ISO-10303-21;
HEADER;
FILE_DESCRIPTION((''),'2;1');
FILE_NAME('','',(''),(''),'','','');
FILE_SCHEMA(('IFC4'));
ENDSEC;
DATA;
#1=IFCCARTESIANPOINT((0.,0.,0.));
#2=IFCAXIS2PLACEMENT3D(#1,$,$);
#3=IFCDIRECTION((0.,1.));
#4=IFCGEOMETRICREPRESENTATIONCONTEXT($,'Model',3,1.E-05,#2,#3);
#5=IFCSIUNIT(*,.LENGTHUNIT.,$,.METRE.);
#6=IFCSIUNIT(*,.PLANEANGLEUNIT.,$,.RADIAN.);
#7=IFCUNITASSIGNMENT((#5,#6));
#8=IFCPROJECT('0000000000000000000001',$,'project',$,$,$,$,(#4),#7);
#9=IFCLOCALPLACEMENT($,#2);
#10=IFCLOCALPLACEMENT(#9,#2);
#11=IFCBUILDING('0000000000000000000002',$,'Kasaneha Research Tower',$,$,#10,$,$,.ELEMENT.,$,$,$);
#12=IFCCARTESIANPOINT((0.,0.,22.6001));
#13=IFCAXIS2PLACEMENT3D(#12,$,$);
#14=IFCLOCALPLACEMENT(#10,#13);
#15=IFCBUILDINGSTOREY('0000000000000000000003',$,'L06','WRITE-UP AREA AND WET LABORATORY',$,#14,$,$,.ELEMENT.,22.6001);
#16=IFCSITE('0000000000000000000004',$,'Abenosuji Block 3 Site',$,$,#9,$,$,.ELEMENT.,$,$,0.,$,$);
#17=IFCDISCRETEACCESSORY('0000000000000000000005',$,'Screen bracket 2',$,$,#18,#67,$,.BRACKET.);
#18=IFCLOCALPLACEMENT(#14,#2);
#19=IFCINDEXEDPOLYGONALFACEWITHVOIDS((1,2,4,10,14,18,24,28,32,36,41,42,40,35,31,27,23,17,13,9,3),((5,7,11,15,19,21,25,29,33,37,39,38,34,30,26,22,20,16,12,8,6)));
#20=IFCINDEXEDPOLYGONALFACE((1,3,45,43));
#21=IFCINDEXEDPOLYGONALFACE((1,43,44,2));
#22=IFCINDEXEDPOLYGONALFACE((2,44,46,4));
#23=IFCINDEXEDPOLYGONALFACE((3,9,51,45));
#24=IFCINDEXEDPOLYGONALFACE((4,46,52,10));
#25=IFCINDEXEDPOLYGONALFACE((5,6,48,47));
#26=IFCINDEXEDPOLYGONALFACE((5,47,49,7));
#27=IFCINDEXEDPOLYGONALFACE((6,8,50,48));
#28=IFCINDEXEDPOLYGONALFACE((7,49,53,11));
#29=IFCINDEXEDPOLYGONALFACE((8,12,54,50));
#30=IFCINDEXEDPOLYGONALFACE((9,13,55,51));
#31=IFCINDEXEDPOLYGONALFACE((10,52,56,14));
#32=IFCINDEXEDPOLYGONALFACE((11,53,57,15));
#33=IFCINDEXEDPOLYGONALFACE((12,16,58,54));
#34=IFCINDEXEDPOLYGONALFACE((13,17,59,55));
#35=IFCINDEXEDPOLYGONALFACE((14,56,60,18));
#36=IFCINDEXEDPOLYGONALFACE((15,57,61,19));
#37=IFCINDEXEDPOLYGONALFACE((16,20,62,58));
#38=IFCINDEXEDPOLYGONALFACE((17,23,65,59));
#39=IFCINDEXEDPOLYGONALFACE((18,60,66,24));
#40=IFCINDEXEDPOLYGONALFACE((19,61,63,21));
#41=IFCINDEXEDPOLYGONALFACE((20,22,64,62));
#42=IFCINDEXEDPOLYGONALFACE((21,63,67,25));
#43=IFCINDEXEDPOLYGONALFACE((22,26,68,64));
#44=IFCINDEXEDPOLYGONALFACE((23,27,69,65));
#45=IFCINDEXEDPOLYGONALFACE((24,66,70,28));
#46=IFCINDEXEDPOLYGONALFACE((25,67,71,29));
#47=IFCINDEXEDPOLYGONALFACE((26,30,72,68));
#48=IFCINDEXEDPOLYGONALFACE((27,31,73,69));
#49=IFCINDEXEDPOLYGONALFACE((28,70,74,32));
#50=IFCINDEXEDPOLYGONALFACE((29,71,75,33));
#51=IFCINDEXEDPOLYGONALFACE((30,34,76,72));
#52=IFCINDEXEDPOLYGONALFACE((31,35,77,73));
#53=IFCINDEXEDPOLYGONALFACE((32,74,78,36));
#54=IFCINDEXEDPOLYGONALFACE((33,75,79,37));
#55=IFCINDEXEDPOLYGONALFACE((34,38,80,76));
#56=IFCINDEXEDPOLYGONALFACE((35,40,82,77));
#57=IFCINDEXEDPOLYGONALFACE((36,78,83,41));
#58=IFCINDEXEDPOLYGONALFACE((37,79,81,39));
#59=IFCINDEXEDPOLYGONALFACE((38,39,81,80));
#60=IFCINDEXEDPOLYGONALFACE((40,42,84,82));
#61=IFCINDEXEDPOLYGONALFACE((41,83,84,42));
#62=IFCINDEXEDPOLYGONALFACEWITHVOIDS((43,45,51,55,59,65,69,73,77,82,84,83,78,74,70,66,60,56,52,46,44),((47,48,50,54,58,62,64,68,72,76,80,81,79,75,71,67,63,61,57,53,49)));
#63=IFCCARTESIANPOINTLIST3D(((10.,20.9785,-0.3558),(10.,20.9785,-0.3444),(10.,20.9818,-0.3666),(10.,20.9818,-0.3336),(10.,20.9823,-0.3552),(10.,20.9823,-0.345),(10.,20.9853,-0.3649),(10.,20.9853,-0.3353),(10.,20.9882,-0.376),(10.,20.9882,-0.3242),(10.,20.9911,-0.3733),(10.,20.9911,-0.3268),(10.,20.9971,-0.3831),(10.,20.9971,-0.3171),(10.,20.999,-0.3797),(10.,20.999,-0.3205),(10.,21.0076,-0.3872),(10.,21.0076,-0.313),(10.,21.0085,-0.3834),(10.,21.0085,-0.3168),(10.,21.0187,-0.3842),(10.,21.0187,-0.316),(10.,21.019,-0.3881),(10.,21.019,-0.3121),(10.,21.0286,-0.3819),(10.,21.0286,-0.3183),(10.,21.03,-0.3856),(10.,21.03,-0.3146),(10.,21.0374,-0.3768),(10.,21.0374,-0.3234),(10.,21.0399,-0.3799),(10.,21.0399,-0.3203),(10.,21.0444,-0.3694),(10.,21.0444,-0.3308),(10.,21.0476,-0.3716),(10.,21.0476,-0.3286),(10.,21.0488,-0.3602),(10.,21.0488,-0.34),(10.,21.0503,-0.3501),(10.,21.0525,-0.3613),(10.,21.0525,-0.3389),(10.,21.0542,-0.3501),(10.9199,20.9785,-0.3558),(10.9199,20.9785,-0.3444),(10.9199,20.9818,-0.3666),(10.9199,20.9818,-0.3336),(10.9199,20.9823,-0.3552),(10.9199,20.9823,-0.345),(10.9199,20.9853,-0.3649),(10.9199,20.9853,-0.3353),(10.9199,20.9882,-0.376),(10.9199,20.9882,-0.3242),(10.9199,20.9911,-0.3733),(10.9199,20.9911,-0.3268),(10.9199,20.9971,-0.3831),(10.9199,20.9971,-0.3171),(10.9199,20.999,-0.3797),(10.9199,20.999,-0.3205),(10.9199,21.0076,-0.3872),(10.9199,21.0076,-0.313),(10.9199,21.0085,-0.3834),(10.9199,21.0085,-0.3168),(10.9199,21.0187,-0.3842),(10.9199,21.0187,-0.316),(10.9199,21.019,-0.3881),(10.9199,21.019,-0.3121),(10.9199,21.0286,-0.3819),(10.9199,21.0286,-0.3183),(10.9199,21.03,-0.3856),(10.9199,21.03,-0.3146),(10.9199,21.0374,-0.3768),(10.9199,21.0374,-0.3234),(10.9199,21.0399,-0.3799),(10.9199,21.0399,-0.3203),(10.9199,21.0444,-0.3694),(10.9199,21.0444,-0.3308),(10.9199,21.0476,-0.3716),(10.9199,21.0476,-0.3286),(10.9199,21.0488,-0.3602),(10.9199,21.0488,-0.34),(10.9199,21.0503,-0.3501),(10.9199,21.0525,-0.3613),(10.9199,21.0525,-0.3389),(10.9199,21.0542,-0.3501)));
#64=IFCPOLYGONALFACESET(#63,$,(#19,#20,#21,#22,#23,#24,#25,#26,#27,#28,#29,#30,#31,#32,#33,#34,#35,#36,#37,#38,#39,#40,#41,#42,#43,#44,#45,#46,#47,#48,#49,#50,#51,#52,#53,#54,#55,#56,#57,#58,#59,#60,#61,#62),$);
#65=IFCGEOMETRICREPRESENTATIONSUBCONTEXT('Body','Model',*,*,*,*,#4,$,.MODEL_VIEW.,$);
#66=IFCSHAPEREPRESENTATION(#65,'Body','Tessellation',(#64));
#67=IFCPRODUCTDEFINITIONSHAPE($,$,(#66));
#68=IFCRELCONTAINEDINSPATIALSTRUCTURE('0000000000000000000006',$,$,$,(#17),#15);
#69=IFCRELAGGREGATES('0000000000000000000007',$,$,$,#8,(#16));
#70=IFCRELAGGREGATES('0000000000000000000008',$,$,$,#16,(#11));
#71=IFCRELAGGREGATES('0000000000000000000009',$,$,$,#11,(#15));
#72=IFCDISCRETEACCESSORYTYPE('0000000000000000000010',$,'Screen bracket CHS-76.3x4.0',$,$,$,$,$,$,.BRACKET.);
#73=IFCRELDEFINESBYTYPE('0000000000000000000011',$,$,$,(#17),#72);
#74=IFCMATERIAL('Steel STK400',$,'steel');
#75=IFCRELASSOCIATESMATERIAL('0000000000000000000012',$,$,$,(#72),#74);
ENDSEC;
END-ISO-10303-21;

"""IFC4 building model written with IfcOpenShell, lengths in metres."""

from ifc_helpers import new_model, si_unit, direction, frame, origin, origin_2d, place, context, subcontext, project, spatial, hollow_circle, extrude, material, material_profile, profile_set, type_object, element, save


model = new_model("IFC4")

# Units and contexts
model_context = context("Model", 3, precision=1e-05, world=origin(), true_north=direction((0.0, 1.0)))
body_context = subcontext(model_context, "Body", "Model", "MODEL_VIEW")
ifc_project = project(units=[si_unit("LENGTHUNIT", "METRE"), si_unit("PLANEANGLEUNIT", "RADIAN")], contexts=[model_context])

# Site, building, storey
site_placement = place(None, origin())
site = spatial("IfcSite", under=ifc_project, at=site_placement, Name="Abenosuji Block 3 Site", CompositionType="ELEMENT", RefElevation=0.0)
building_placement = place(site_placement, origin())
building = spatial("IfcBuilding", under=site, at=building_placement, Name="Kasaneha Research Tower", CompositionType="ELEMENT")
storey_placement = place(building_placement, frame((0.0, 0.0, 22.6001)))
storey = spatial("IfcBuildingStorey", under=building, at=storey_placement, Name="L06", Description="WRITE-UP AREA AND WET LABORATORY", CompositionType="ELEMENT", Elevation=22.6001)

# Discrete accessory
ifc_material_1 = material(Name="Steel STK400", Category="steel")
ifc_material_profile_1 = material_profile(ifc_material_1, hollow_circle(Radius=0.0381, WallThickness=0.0039, at=origin_2d()), Name="CHS-76.3x4.0")
ifc_profile_set_1 = profile_set([ifc_material_profile_1], Name="Steel STK400")
discrete_accessory_type = type_object("IfcDiscreteAccessoryType", Name="Screen bracket CHS-76.3x4.0", PredefinedType="BRACKET", material=ifc_profile_set_1)
discrete_accessory_1_placement = place(storey_placement, frame((10.0, 21.0161, -0.3501), z_axis=(1.0, 0.0, 0.0), x_axis=(0.0, 1.0, 0.0)))
element("IfcDiscreteAccessory", 1, at=discrete_accessory_1_placement, inside=storey, type_object=discrete_accessory_type, Name="Screen bracket 2", PredefinedType="BRACKET", context=body_context, shape_type="SweptSolid", body=[
    extrude(hollow_circle(Radius=0.0381, WallThickness=0.0039, at=origin_2d()), origin(), (0.0, 0.0, 1.0), 0.9199),
])

save(model, "model.ifc")
